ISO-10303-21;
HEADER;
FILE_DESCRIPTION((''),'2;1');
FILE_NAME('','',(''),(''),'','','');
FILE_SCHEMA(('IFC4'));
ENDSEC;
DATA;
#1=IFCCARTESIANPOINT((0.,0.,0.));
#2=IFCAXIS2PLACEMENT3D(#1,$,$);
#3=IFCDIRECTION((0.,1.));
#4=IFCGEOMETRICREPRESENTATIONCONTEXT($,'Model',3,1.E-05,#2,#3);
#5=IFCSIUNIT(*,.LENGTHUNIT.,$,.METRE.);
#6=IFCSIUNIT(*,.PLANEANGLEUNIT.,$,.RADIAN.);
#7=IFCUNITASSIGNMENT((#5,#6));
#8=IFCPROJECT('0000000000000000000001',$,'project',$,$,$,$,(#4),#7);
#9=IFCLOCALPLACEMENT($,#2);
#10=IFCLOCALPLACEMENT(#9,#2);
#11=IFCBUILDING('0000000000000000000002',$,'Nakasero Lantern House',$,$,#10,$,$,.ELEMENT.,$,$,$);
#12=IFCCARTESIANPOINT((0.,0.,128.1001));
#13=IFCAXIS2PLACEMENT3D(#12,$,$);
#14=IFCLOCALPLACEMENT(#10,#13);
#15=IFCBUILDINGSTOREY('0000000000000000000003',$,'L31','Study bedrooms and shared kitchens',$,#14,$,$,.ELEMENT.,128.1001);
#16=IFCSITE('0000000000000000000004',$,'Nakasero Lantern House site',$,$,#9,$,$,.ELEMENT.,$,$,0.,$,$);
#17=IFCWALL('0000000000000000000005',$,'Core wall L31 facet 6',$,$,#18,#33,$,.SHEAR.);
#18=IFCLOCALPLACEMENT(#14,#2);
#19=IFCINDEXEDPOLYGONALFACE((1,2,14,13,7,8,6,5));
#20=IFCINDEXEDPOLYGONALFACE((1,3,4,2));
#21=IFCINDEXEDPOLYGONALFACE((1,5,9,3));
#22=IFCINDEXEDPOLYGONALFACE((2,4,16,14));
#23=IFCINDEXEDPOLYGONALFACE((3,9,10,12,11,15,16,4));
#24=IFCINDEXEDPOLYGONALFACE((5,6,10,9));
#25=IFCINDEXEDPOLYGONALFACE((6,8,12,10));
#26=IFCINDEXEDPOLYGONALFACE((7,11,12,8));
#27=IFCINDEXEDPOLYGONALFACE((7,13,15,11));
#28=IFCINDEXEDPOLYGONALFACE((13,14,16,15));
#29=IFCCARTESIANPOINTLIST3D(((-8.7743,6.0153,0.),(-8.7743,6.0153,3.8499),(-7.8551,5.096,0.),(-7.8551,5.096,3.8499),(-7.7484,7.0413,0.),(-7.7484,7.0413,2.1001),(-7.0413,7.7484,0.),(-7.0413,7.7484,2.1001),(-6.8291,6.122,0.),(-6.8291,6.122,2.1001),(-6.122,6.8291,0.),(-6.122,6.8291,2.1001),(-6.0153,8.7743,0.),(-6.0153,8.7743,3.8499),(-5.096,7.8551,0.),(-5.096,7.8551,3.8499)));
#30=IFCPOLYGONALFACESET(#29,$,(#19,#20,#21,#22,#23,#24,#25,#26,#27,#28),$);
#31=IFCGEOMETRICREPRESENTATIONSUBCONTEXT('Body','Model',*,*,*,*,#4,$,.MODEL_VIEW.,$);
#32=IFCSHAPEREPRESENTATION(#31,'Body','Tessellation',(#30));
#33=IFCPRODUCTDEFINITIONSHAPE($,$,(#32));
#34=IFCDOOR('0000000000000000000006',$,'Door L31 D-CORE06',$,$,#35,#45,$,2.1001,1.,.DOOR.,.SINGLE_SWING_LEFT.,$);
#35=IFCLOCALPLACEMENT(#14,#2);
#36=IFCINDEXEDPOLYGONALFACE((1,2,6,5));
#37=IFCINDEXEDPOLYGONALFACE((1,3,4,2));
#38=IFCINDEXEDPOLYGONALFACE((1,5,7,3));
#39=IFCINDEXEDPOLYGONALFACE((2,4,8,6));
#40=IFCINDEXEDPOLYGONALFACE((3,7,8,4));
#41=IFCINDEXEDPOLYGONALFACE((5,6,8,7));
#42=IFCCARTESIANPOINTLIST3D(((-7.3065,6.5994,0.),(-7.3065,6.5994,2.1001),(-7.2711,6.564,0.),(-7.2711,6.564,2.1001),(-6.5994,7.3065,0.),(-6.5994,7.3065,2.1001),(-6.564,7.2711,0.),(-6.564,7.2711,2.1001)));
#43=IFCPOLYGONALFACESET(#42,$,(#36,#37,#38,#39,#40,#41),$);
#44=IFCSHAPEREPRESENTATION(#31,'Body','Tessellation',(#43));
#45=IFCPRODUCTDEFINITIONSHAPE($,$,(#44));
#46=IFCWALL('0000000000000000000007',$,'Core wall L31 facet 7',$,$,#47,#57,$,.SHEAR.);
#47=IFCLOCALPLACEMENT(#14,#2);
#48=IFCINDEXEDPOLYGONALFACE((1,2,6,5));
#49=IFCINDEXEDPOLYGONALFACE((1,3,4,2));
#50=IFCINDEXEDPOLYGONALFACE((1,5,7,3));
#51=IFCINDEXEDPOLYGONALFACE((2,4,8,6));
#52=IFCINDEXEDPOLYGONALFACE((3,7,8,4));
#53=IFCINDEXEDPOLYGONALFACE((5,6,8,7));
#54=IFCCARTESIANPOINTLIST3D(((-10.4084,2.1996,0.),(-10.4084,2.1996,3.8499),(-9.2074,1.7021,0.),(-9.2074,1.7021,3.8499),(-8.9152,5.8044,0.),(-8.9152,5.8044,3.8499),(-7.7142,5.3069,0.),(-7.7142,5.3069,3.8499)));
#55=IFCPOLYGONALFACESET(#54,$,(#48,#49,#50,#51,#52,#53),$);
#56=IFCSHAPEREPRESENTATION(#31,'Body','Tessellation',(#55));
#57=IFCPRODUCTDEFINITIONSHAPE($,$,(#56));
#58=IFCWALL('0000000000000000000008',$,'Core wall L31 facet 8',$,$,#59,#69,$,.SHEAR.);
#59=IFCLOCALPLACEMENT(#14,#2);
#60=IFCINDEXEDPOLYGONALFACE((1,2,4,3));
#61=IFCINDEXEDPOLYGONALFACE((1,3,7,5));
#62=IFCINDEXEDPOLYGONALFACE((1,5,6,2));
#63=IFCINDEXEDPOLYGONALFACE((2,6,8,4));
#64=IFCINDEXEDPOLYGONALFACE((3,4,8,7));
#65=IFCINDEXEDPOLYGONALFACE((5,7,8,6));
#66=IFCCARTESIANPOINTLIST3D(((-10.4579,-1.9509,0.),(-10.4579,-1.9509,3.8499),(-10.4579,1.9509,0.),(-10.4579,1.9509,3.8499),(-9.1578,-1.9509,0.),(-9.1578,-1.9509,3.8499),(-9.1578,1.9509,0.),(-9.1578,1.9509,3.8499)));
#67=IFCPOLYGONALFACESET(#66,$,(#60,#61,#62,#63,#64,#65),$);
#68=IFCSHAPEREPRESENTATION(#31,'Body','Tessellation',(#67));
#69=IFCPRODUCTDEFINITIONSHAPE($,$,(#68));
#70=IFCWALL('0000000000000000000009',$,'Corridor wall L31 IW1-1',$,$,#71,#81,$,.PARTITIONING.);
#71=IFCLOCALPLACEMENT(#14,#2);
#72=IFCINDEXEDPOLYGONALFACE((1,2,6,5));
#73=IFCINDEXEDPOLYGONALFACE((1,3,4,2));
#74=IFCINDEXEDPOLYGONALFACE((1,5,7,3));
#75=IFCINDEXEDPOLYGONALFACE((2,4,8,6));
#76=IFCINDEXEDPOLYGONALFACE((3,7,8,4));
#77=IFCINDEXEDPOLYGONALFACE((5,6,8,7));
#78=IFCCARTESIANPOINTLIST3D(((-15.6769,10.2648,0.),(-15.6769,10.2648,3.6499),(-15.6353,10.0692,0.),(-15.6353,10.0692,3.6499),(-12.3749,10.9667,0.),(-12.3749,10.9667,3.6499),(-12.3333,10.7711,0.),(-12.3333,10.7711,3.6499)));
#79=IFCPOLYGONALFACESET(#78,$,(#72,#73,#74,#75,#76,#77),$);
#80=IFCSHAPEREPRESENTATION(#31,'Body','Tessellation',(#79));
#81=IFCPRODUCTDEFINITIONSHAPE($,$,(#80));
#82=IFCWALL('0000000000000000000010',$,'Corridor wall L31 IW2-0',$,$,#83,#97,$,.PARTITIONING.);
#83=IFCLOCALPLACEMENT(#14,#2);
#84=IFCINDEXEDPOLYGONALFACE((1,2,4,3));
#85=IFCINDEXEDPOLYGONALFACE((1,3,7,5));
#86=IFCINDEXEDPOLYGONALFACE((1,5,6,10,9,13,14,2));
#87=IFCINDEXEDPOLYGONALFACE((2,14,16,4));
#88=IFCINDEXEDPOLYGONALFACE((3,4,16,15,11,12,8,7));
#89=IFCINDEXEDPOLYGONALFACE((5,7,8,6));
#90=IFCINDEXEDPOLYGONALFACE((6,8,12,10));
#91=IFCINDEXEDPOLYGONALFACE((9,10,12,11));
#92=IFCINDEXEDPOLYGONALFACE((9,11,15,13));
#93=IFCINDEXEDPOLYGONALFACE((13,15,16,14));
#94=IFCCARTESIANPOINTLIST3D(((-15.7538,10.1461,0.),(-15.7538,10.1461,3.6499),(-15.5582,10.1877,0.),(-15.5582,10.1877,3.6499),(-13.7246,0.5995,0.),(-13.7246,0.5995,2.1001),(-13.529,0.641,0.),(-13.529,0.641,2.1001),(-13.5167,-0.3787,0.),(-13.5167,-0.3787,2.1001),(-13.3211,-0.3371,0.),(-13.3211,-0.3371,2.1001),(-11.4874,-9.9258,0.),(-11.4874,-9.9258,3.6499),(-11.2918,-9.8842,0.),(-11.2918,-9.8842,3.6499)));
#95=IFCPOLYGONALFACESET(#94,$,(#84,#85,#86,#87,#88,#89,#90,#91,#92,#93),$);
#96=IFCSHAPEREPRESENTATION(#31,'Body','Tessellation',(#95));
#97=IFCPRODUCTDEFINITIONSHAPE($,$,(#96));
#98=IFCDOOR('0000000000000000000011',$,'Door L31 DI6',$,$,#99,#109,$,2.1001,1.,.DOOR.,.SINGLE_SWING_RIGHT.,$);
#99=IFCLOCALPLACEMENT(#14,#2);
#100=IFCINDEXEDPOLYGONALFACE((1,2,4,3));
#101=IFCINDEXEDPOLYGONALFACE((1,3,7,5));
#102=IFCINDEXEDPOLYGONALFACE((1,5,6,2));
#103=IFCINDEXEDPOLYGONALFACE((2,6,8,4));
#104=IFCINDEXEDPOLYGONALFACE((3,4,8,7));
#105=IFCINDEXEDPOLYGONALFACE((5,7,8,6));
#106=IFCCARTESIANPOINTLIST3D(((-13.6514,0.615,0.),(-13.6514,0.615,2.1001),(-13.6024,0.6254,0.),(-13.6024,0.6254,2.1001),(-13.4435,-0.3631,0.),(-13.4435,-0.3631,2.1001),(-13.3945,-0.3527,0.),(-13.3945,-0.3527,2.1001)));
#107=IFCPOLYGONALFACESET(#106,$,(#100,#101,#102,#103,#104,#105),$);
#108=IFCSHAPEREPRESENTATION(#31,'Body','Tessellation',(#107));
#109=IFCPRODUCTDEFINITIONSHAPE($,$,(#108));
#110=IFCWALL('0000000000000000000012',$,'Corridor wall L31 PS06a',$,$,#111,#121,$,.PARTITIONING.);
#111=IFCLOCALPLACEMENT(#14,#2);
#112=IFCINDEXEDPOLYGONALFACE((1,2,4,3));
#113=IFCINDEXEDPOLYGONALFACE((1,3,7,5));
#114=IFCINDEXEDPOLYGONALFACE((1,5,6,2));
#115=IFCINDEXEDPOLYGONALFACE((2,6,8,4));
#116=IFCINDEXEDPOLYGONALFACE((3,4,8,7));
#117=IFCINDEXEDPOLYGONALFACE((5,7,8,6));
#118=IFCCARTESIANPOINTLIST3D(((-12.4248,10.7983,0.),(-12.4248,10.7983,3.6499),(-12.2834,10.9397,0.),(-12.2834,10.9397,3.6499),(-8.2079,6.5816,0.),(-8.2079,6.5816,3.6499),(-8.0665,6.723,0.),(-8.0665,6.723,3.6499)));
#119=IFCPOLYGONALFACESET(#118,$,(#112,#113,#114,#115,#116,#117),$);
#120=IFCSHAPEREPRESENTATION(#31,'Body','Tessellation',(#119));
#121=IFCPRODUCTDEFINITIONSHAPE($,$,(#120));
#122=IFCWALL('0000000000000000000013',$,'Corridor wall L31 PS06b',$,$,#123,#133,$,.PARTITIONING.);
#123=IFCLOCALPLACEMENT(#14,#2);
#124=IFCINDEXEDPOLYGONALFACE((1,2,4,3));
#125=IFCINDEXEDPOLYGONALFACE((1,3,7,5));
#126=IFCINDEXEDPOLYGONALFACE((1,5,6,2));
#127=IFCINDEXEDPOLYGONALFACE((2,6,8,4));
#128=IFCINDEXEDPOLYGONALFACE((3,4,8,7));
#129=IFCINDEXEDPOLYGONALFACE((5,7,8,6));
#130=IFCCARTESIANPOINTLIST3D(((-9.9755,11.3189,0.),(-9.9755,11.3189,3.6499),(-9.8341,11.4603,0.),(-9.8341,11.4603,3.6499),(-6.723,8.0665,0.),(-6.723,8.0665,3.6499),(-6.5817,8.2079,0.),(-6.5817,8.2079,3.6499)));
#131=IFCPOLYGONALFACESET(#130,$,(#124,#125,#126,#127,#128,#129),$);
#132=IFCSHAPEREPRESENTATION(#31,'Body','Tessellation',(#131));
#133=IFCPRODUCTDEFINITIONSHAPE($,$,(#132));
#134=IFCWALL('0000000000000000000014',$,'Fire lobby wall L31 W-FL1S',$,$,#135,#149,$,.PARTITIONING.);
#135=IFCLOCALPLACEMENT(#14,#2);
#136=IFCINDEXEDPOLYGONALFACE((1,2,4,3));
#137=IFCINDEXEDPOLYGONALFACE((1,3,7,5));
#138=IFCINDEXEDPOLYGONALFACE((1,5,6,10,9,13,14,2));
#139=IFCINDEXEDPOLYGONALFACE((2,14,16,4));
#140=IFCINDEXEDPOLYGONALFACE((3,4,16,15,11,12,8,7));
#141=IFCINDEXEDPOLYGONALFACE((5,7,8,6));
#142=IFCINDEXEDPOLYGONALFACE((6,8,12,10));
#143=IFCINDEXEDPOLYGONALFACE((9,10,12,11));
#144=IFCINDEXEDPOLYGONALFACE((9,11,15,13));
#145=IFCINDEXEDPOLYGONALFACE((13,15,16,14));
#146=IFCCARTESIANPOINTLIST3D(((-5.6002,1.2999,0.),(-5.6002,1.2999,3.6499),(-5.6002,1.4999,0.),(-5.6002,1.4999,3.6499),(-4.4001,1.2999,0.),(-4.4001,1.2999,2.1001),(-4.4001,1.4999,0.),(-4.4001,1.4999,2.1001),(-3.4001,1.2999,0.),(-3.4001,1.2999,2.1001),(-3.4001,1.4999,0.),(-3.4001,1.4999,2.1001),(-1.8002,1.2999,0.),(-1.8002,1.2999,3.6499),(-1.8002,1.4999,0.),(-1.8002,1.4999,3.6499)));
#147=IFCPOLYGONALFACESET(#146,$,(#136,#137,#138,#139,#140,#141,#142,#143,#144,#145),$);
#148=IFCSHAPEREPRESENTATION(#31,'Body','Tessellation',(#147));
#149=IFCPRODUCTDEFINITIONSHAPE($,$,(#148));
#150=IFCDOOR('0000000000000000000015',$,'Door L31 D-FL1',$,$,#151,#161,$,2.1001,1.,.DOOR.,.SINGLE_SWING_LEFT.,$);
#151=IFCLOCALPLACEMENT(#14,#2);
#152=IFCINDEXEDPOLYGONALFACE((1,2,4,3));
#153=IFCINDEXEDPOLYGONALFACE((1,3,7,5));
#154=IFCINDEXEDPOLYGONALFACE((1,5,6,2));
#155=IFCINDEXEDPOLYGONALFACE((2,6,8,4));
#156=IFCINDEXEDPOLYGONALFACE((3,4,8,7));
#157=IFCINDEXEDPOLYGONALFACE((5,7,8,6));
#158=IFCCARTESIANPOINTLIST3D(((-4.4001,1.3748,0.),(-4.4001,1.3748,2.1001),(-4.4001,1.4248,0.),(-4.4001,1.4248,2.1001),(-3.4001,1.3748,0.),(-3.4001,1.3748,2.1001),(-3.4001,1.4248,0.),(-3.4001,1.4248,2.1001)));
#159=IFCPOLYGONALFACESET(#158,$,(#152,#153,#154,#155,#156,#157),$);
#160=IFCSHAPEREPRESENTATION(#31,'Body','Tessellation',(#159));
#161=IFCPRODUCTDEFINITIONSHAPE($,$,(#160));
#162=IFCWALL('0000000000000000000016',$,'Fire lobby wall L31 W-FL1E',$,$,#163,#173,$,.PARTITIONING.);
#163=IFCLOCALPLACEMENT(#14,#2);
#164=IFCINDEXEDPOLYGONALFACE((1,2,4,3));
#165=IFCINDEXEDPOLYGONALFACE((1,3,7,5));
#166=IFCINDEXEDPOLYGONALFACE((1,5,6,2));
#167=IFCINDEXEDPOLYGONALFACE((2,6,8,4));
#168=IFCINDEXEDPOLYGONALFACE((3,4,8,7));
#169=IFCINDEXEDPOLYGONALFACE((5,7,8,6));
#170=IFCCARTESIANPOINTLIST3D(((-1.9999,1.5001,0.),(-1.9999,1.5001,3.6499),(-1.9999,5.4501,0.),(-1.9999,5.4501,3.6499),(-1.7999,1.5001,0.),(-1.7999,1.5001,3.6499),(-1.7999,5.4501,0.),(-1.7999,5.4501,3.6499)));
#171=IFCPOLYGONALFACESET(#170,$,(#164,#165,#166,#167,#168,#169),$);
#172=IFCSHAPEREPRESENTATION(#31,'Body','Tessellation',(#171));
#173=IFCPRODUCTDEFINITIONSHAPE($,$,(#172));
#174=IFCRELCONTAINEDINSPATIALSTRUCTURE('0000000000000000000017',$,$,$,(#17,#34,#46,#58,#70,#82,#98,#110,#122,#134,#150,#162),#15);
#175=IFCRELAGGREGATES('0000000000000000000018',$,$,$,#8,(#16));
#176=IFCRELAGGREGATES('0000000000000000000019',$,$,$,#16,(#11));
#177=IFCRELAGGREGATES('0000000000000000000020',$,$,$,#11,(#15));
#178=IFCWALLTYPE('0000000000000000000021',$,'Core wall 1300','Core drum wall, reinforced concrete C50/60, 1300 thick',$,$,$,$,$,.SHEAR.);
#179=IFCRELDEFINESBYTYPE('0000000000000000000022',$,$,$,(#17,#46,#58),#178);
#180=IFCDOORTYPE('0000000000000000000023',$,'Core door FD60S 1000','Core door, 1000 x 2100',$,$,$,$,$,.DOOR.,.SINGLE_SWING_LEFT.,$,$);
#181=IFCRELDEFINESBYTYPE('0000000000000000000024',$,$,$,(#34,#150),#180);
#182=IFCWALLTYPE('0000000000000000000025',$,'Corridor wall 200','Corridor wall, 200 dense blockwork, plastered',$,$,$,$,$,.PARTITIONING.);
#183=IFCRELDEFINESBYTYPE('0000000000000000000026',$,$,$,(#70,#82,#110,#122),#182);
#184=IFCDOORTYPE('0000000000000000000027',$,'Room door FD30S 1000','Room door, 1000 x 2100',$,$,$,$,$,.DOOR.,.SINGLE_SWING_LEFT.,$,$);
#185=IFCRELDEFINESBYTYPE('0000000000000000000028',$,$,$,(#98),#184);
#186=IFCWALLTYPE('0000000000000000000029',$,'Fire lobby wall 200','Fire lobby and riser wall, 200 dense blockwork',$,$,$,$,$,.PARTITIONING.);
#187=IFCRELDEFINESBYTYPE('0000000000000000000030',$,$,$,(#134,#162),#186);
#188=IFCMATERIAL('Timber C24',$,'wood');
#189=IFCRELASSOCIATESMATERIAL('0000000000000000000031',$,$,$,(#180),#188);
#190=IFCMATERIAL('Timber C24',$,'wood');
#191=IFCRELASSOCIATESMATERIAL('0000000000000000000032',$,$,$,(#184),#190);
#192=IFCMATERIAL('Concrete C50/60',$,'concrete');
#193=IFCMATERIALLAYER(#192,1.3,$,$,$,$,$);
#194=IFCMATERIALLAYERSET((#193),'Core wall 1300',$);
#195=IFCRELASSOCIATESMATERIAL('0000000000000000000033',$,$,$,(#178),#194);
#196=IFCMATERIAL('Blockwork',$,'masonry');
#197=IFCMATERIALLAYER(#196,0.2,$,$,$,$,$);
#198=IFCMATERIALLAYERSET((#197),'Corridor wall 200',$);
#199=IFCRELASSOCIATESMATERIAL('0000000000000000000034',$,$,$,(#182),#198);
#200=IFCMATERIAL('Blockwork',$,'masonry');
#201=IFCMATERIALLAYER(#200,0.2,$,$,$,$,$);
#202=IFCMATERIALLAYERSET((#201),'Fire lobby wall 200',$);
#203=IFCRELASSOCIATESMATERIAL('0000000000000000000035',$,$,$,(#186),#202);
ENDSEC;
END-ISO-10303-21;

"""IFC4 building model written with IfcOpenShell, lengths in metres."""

from ifc_helpers import new_model, si_unit, direction, frame, frame_2d, origin, place, context, subcontext, project, spatial, rectangle, extrude, material, layer, layer_set, type_object, element, fill, save


model = new_model("IFC4")

# Units and contexts
model_context = context("Model", 3, precision=1e-05, world=origin(), true_north=direction((0.0, 1.0)))
body_context = subcontext(model_context, "Body", "Model", "MODEL_VIEW")
ifc_project = project(units=[si_unit("LENGTHUNIT", "METRE"), si_unit("PLANEANGLEUNIT", "RADIAN")], contexts=[model_context])

# Site, building, storey
site_placement = place(None, origin())
site = spatial("IfcSite", under=ifc_project, at=site_placement, Name="Nakasero Lantern House site", CompositionType="ELEMENT", RefElevation=0.0)
building_placement = place(site_placement, origin())
building = spatial("IfcBuilding", under=site, at=building_placement, Name="Nakasero Lantern House", CompositionType="ELEMENT")
storey_placement = place(building_placement, frame((0.0, 0.0, 128.1001)))
storey = spatial("IfcBuildingStorey", under=building, at=storey_placement, Name="L31", Description="Study bedrooms and shared kitchens", CompositionType="ELEMENT", Elevation=128.1001)

# Shared definitions
ifc_material_1 = material(Name="Timber C24", Category="wood")
door_type_1 = type_object("IfcDoorType", Name="Core door FD60S 1000", Description="Core door, 1000 x 2100", OperationType="SINGLE_SWING_LEFT", PredefinedType="DOOR", material=ifc_material_1)

# Shared definitions
ifc_material_2 = material(Name="Timber C24", Category="wood")
door_type_2 = type_object("IfcDoorType", Name="Room door FD30S 1000", Description="Room door, 1000 x 2100", OperationType="SINGLE_SWING_LEFT", PredefinedType="DOOR", material=ifc_material_2)

# Shared definitions
ifc_material_3 = material(Name="Concrete C50/60", Category="concrete")
ifc_layer_1 = layer(ifc_material_3, 1.3)
ifc_layer_set_1 = layer_set([ifc_layer_1], Name="Core wall 1300")
wall_type_1 = type_object("IfcWallType", Name="Core wall 1300", Description="Core drum wall, reinforced concrete C50/60, 1300 thick", PredefinedType="SHEAR", material=ifc_layer_set_1)

# Wall, opening, door
wall_1_placement = place(storey_placement, frame((-5.5557, 8.3147, 0.0), z_axis=(0.0, 0.0, 1.0), x_axis=(-0.707107, -0.707107, 0.0)))
wall_1 = element("IfcWall", 1, at=wall_1_placement, inside=storey, type_object=wall_type_1, Name="Core wall L31 facet 6", PredefinedType="SHEAR", context=body_context, shape_type="SweptSolid", body=[
    extrude(rectangle(XDim=3.9019, YDim=1.3, at=frame_2d((1.9509, 0.0))), origin(), (0.0, 0.0, 1.0), 3.8499),
])
opening_1_placement = place(wall_1_placement, frame((1.4509, 0.0, 0.0)))
opening_1 = element("IfcOpeningElement", 2, at=opening_1_placement, cuts=wall_1, PredefinedType="OPENING", context=body_context, shape_type="SweptSolid", body=[
    extrude(rectangle(XDim=1.0, YDim=2.1001, at=frame_2d((0.5, 1.05))), frame((0.0, 0.6699, 0.0), z_axis=(0.0, -1.0, 0.0), x_axis=(1.0, 0.0, 0.0)), (0.0, 0.0, 1.0), 1.3401),
])
door_1_placement = place(opening_1_placement, origin())
door_1 = element("IfcDoor", 3, at=door_1_placement, inside=storey, type_object=door_type_1, Name="Door L31 D-CORE06", OperationType="SINGLE_SWING_LEFT", OverallHeight=2.1001, OverallWidth=1.0, PredefinedType="DOOR", context=body_context, shape_type="SweptSolid", body=[
    extrude(rectangle(XDim=1.0, YDim=2.1001, at=frame_2d((0.5, 1.05))), frame((0.0, 0.0249, 0.0), z_axis=(0.0, -1.0, 0.0), x_axis=(1.0, 0.0, 0.0)), (0.0, 0.0, 1.0), 0.05),
])
fill(opening_1, door_1)

# Walls
for number, where, z_axis, x_axis, name in (
    (4, (-8.3147, 5.5557, 0.0), (0.0, 0.0, 1.0), (-0.382691, -0.923877, 0.0), "Core wall L31 facet 7"),
    (5, (-9.8079, 1.9509, 0.0), (0.0, 0.0, 1.0), (0.0, -1.0, 0.0), "Core wall L31 facet 8"),
):
    element("IfcWall", number, at=place(storey_placement, frame(where, z_axis=z_axis, x_axis=x_axis)), inside=storey, type_object=wall_type_1, Name=name, PredefinedType="SHEAR", context=body_context, shape_type="SweptSolid", body=[
        extrude(rectangle(XDim=3.9019, YDim=1.3, at=frame_2d((1.9509, 0.0))), origin(), (0.0, 0.0, 1.0), 3.8499),
    ])
ifc_material_4 = material(Name="Blockwork", Category="masonry")
ifc_layer_2 = layer(ifc_material_4, 0.2)
ifc_layer_set_2 = layer_set([ifc_layer_2], Name="Corridor wall 200")
wall_type_2 = type_object("IfcWallType", Name="Corridor wall 200", Description="Corridor wall, 200 dense blockwork, plastered", PredefinedType="PARTITIONING", material=ifc_layer_set_2)
wall_2_placement = place(storey_placement, frame((-12.354, 10.8689, 0.0), z_axis=(0.0, 0.0, 1.0), x_axis=(-0.978145, -0.207924, 0.0)))
element("IfcWall", 6, at=wall_2_placement, inside=storey, type_object=wall_type_2, Name="Corridor wall L31 IW1-1", PredefinedType="PARTITIONING", context=body_context, shape_type="SweptSolid", body=[
    extrude(rectangle(XDim=3.3757, YDim=0.2, at=frame_2d((1.688, 0.0))), origin(), (0.0, 0.0, 1.0), 3.6499),
])

# Wall, opening, door
wall_3_placement = place(storey_placement, frame((-15.656, 10.167, 0.0), z_axis=(0.0, 0.0, 1.0), x_axis=(0.20791, -0.978148, 0.0)))
wall_3 = element("IfcWall", 7, at=wall_3_placement, inside=storey, type_object=wall_type_2, Name="Corridor wall L31 IW2-0", PredefinedType="PARTITIONING", context=body_context, shape_type="SweptSolid", body=[
    extrude(rectangle(XDim=20.5203, YDim=0.2, at=frame_2d((10.2603, 0.0))), origin(), (0.0, 0.0, 1.0), 3.6499),
])
opening_2_placement = place(wall_3_placement, frame((9.76, 0.0, 0.0)))
opening_2 = element("IfcOpeningElement", 8, at=opening_2_placement, cuts=wall_3, PredefinedType="OPENING", context=body_context, shape_type="SweptSolid", body=[
    extrude(rectangle(XDim=1.0, YDim=2.1001, at=frame_2d((0.5, 1.05))), frame((0.0, 0.1199, 0.0), z_axis=(0.0, -1.0, 0.0), x_axis=(1.0, 0.0, 0.0)), (0.0, 0.0, 1.0), 0.24),
])
door_2_placement = place(opening_2_placement, origin())
door_2 = element("IfcDoor", 9, at=door_2_placement, inside=storey, type_object=door_type_2, Name="Door L31 DI6", OperationType="SINGLE_SWING_RIGHT", OverallHeight=2.1001, OverallWidth=1.0, PredefinedType="DOOR", context=body_context, shape_type="SweptSolid", body=[
    extrude(rectangle(XDim=1.0, YDim=2.1001, at=frame_2d((0.5, 1.05))), frame((0.0, 0.0249, 0.0), z_axis=(0.0, -1.0, 0.0), x_axis=(1.0, 0.0, 0.0)), (0.0, 0.0, 1.0), 0.05),
])
fill(opening_2, door_2)

# Walls
wall_4_placement = place(storey_placement, frame((-8.1372, 6.6523, 0.0), z_axis=(0.0, 0.0, 1.0), x_axis=(-0.707127, 0.707086, 0.0)))
element("IfcWall", 10, at=wall_4_placement, inside=storey, type_object=wall_type_2, Name="Corridor wall L31 PS06a", PredefinedType="PARTITIONING", context=body_context, shape_type="SweptSolid", body=[
    extrude(rectangle(XDim=5.9634, YDim=0.2, at=frame_2d((2.9817, 0.0))), origin(), (0.0, 0.0, 1.0), 3.6499),
])
wall_5_placement = place(storey_placement, frame((-6.6523, 8.1372, 0.0), z_axis=(0.0, 0.0, 1.0), x_axis=(-0.707107, 0.707107, 0.0)))
element("IfcWall", 11, at=wall_5_placement, inside=storey, type_object=wall_type_2, Name="Corridor wall L31 PS06b", PredefinedType="PARTITIONING", context=body_context, shape_type="SweptSolid", body=[
    extrude(rectangle(XDim=4.5996, YDim=0.2, at=frame_2d((2.2998, 0.0))), origin(), (0.0, 0.0, 1.0), 3.6499),
])

# Wall, opening, door
ifc_material_5 = material(Name="Blockwork", Category="masonry")
ifc_layer_3 = layer(ifc_material_5, 0.2)
ifc_layer_set_3 = layer_set([ifc_layer_3], Name="Fire lobby wall 200")
wall_type_3 = type_object("IfcWallType", Name="Fire lobby wall 200", Description="Fire lobby and riser wall, 200 dense blockwork", PredefinedType="PARTITIONING", material=ifc_layer_set_3)
wall_6_placement = place(storey_placement, frame((-5.6001, 1.3999, 0.0), z_axis=(0.0, 0.0, 1.0), x_axis=(1.0, 0.0, 0.0)))
wall_6 = element("IfcWall", 12, at=wall_6_placement, inside=storey, type_object=wall_type_3, Name="Fire lobby wall L31 W-FL1S", PredefinedType="PARTITIONING", context=body_context, shape_type="SweptSolid", body=[
    extrude(rectangle(XDim=3.8, YDim=0.2, at=frame_2d((1.8999, 0.0))), origin(), (0.0, 0.0, 1.0), 3.6499),
])
opening_3_placement = place(wall_6_placement, frame((1.2, 0.0, 0.0)))
opening_3 = element("IfcOpeningElement", 13, at=opening_3_placement, cuts=wall_6, PredefinedType="OPENING", context=body_context, shape_type="SweptSolid", body=[
    extrude(rectangle(XDim=1.0, YDim=2.1001, at=frame_2d((0.5, 1.05))), frame((0.0, 0.1199, 0.0), z_axis=(0.0, -1.0, 0.0), x_axis=(1.0, 0.0, 0.0)), (0.0, 0.0, 1.0), 0.24),
])
door_3_placement = place(opening_3_placement, origin())
door_3 = element("IfcDoor", 14, at=door_3_placement, inside=storey, type_object=door_type_1, Name="Door L31 D-FL1", OperationType="SINGLE_SWING_LEFT", OverallHeight=2.1001, OverallWidth=1.0, PredefinedType="DOOR", context=body_context, shape_type="SweptSolid", body=[
    extrude(rectangle(XDim=1.0, YDim=2.1001, at=frame_2d((0.5, 1.05))), frame((0.0, 0.0249, 0.0), z_axis=(0.0, -1.0, 0.0), x_axis=(1.0, 0.0, 0.0)), (0.0, 0.0, 1.0), 0.05),
])
fill(opening_3, door_3)

# Wall
wall_7_placement = place(storey_placement, frame((-1.8999, 1.5, 0.0), z_axis=(0.0, 0.0, 1.0), x_axis=(0.0, 1.0, 0.0)))
element("IfcWall", 15, at=wall_7_placement, inside=storey, type_object=wall_type_3, Name="Fire lobby wall L31 W-FL1E", PredefinedType="PARTITIONING", context=body_context, shape_type="SweptSolid", body=[
    extrude(rectangle(XDim=3.95, YDim=0.2, at=frame_2d((1.9751, 0.0))), origin(), (0.0, 0.0, 1.0), 3.6499),
])

save(model, "model.ifc")
